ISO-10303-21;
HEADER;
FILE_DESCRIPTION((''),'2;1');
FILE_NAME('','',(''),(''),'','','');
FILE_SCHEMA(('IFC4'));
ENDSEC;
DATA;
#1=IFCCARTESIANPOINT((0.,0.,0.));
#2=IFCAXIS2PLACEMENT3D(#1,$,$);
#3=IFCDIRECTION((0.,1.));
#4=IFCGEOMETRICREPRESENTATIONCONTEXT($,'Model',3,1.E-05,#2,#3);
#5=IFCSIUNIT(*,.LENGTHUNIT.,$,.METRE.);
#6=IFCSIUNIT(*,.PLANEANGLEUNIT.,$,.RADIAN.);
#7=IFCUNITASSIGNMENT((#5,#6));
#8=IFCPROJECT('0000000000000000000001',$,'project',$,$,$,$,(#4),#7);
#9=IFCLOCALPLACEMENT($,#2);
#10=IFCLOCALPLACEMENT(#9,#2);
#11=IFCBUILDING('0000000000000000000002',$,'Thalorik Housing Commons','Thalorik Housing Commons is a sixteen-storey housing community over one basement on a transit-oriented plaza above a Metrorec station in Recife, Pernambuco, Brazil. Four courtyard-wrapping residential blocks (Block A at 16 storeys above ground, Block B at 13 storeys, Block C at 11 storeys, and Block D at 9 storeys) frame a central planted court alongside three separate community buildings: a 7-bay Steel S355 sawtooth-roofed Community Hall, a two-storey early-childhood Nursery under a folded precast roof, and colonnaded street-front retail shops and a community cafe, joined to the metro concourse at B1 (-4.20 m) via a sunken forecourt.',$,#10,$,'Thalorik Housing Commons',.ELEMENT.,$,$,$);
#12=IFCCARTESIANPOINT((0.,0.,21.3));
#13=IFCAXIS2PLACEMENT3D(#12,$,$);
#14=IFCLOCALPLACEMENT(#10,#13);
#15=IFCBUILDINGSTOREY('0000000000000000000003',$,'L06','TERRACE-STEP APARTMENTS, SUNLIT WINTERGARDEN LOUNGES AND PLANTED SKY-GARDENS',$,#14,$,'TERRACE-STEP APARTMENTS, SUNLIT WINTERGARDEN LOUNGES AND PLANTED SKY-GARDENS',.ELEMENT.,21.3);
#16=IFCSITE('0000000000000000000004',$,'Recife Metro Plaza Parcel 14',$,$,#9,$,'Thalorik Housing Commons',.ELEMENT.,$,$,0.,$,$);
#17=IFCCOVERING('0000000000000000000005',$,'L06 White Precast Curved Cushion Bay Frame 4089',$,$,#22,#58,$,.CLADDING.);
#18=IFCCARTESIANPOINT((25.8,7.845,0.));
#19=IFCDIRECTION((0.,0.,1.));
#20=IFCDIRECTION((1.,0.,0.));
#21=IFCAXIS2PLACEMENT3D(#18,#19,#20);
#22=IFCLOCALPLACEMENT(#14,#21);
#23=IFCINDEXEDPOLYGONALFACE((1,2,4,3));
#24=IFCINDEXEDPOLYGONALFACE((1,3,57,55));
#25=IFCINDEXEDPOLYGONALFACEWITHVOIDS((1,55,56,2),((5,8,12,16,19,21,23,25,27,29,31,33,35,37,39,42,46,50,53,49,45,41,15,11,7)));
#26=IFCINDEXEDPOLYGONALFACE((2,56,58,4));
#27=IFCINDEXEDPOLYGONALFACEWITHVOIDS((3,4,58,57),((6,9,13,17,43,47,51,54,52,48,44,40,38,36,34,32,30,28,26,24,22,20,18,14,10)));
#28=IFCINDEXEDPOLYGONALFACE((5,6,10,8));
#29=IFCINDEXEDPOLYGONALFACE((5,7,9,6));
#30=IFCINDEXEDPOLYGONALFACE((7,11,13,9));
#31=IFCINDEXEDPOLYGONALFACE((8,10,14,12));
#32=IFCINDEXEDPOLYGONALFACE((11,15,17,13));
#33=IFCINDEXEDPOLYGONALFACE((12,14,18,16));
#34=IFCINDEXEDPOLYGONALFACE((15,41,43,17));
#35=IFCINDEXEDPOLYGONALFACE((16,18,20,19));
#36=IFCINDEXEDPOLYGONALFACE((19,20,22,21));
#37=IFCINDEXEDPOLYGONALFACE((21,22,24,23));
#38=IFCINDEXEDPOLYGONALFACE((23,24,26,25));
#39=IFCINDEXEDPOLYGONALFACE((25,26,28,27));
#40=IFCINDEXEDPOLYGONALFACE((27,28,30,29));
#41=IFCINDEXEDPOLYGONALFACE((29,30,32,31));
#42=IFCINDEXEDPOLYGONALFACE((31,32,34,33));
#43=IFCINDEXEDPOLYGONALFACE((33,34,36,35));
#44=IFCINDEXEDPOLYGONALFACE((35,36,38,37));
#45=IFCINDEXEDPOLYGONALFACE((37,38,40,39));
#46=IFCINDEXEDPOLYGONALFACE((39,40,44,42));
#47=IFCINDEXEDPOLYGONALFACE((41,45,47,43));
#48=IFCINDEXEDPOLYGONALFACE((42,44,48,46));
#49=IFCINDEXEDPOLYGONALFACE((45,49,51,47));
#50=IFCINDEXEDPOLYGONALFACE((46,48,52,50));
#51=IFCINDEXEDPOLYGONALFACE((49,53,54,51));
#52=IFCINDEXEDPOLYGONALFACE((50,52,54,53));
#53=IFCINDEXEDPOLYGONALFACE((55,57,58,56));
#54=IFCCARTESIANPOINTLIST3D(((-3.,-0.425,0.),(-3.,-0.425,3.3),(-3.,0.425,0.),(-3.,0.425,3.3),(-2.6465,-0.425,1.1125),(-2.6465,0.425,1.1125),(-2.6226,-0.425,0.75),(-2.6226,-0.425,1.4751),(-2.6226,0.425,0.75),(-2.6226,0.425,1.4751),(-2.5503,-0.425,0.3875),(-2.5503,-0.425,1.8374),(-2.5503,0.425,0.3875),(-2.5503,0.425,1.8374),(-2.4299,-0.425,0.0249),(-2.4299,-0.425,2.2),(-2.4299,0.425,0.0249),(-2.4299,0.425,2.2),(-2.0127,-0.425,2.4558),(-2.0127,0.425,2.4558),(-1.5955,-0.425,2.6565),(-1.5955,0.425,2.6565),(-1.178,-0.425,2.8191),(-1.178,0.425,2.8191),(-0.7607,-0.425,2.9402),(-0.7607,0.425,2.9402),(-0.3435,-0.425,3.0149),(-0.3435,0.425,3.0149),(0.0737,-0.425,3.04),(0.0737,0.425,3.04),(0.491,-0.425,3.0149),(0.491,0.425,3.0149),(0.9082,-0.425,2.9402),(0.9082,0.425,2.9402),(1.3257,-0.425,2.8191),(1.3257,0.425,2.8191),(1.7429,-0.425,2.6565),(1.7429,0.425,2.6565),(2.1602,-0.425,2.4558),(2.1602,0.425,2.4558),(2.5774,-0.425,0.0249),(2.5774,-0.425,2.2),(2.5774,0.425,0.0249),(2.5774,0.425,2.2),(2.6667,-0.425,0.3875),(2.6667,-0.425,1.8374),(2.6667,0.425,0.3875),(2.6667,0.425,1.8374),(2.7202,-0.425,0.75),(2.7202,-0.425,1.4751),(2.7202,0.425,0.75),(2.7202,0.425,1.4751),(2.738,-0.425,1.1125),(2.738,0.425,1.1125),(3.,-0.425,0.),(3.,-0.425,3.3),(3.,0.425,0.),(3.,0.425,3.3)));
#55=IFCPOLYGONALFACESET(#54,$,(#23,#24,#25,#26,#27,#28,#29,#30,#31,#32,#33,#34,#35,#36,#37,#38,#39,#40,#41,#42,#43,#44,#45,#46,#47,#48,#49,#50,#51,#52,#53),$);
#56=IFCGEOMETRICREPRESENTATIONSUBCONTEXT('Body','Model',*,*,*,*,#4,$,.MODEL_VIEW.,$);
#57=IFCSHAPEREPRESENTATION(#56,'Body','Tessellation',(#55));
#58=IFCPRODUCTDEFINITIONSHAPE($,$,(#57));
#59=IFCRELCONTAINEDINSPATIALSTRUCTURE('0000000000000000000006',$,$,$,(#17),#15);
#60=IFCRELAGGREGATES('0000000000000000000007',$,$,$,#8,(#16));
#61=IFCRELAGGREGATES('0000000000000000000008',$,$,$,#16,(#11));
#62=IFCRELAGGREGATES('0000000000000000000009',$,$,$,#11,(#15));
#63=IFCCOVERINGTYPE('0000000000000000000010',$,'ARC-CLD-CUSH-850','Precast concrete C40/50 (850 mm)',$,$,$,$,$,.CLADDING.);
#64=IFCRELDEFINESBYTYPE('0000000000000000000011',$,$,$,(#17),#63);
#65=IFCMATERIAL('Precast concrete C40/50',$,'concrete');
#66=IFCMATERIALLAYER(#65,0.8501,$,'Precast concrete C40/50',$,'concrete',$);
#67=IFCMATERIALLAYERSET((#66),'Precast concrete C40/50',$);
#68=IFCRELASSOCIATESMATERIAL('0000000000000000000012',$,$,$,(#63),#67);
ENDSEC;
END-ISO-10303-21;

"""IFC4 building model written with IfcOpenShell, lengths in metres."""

from ifc_helpers import new_model, si_unit, direction, frame, origin, place, context, subcontext, project, spatial, polyline, outline, extrude, material, layer, layer_set, type_object, element, save


model = new_model("IFC4")

# Units and contexts
model_context = context("Model", 3, precision=1e-05, world=origin(), true_north=direction((0.0, 1.0)))
body_context = subcontext(model_context, "Body", "Model", "MODEL_VIEW")
ifc_project = project(units=[si_unit("LENGTHUNIT", "METRE"), si_unit("PLANEANGLEUNIT", "RADIAN")], contexts=[model_context])

# Site, building, storey
site_placement = place(None, origin())
site = spatial("IfcSite", under=ifc_project, at=site_placement, Name="Recife Metro Plaza Parcel 14", LongName="Thalorik Housing Commons", CompositionType="ELEMENT", RefElevation=0.0)
building_placement = place(site_placement, origin())
building = spatial("IfcBuilding", under=site, at=building_placement, Name="Thalorik Housing Commons", Description="Thalorik Housing Commons is a sixteen-storey housing community over one basement on a transit-oriented plaza above a Metrorec station in Recife, Pernambuco, Brazil. Four courtyard-wrapping residential blocks (Block A at 16 storeys above ground, Block B at 13 storeys, Block C at 11 storeys, and Block D at 9 storeys) frame a central planted court alongside three separate community buildings: a 7-bay Steel S355 sawtooth-roofed Community Hall, a two-storey early-childhood Nursery under a folded precast roof, and colonnaded street-front retail shops and a community cafe, joined to the metro concourse at B1 (-4.20 m) via a sunken forecourt.", LongName="Thalorik Housing Commons", CompositionType="ELEMENT")
storey_placement = place(building_placement, frame((0.0, 0.0, 21.3)))
storey = spatial("IfcBuildingStorey", under=building, at=storey_placement, Name="L06", Description="TERRACE-STEP APARTMENTS, SUNLIT WINTERGARDEN LOUNGES AND PLANTED SKY-GARDENS", LongName="TERRACE-STEP APARTMENTS, SUNLIT WINTERGARDEN LOUNGES AND PLANTED SKY-GARDENS", CompositionType="ELEMENT", Elevation=21.3)

# Shared definitions
ifc_material_1 = material(Name="Precast concrete C40/50", Category="concrete")

# Covering
ifc_layer_1 = layer(ifc_material_1, 0.8501, Name="Precast concrete C40/50", Category="concrete")
ifc_layer_set_1 = layer_set([ifc_layer_1], Name="Precast concrete C40/50")
covering_type_1 = type_object("IfcCoveringType", Name="ARC-CLD-CUSH-850", Description="Precast concrete C40/50 (850 mm)", PredefinedType="CLADDING", material=ifc_layer_set_1)
covering_1_placement = place(storey_placement, frame((25.8, 7.845, 0.0), z_axis=(0.0, 0.0, 1.0), x_axis=(1.0, 0.0, 0.0)))
element("IfcCovering", 1, at=covering_1_placement, inside=storey, type_object=covering_type_1, Name="L06 White Precast Curved Cushion Bay Frame 4089", PredefinedType="CLADDING", context=body_context, shape_type="SweptSolid", body=[
    extrude(outline(polyline([(-3.0, 0.0), (3.0, 0.0), (3.0, 3.3), (-3.0, 3.3), (-3.0, 0.0)]), holes=[polyline([(2.5774, 0.0249), (2.6667, 0.3875), (2.7202, 0.75), (2.738, 1.1125), (2.7202, 1.4751), (2.6667, 1.8374), (2.5774, 2.2), (2.1602, 2.4558), (1.7429, 2.6565), (1.3257, 2.8191), (0.9082, 2.9402), (0.491, 3.0149), (0.0737, 3.04), (-0.3435, 3.0149), (-0.7607, 2.9402), (-1.178, 2.8191), (-1.5955, 2.6565), (-2.0127, 2.4558), (-2.4299, 2.2), (-2.5503, 1.8374), (-2.6226, 1.4751), (-2.6465, 1.1125), (-2.6226, 0.75), (-2.5503, 0.3875), (-2.4299, 0.0249), (2.5774, 0.0249)])]), frame((0.0, 0.425, 0.0), z_axis=(0.0, -1.0, 0.0), x_axis=(1.0, 0.0, 0.0)), (0.0, 0.0, 1.0), 0.8501),
])

save(model, "model.ifc")
